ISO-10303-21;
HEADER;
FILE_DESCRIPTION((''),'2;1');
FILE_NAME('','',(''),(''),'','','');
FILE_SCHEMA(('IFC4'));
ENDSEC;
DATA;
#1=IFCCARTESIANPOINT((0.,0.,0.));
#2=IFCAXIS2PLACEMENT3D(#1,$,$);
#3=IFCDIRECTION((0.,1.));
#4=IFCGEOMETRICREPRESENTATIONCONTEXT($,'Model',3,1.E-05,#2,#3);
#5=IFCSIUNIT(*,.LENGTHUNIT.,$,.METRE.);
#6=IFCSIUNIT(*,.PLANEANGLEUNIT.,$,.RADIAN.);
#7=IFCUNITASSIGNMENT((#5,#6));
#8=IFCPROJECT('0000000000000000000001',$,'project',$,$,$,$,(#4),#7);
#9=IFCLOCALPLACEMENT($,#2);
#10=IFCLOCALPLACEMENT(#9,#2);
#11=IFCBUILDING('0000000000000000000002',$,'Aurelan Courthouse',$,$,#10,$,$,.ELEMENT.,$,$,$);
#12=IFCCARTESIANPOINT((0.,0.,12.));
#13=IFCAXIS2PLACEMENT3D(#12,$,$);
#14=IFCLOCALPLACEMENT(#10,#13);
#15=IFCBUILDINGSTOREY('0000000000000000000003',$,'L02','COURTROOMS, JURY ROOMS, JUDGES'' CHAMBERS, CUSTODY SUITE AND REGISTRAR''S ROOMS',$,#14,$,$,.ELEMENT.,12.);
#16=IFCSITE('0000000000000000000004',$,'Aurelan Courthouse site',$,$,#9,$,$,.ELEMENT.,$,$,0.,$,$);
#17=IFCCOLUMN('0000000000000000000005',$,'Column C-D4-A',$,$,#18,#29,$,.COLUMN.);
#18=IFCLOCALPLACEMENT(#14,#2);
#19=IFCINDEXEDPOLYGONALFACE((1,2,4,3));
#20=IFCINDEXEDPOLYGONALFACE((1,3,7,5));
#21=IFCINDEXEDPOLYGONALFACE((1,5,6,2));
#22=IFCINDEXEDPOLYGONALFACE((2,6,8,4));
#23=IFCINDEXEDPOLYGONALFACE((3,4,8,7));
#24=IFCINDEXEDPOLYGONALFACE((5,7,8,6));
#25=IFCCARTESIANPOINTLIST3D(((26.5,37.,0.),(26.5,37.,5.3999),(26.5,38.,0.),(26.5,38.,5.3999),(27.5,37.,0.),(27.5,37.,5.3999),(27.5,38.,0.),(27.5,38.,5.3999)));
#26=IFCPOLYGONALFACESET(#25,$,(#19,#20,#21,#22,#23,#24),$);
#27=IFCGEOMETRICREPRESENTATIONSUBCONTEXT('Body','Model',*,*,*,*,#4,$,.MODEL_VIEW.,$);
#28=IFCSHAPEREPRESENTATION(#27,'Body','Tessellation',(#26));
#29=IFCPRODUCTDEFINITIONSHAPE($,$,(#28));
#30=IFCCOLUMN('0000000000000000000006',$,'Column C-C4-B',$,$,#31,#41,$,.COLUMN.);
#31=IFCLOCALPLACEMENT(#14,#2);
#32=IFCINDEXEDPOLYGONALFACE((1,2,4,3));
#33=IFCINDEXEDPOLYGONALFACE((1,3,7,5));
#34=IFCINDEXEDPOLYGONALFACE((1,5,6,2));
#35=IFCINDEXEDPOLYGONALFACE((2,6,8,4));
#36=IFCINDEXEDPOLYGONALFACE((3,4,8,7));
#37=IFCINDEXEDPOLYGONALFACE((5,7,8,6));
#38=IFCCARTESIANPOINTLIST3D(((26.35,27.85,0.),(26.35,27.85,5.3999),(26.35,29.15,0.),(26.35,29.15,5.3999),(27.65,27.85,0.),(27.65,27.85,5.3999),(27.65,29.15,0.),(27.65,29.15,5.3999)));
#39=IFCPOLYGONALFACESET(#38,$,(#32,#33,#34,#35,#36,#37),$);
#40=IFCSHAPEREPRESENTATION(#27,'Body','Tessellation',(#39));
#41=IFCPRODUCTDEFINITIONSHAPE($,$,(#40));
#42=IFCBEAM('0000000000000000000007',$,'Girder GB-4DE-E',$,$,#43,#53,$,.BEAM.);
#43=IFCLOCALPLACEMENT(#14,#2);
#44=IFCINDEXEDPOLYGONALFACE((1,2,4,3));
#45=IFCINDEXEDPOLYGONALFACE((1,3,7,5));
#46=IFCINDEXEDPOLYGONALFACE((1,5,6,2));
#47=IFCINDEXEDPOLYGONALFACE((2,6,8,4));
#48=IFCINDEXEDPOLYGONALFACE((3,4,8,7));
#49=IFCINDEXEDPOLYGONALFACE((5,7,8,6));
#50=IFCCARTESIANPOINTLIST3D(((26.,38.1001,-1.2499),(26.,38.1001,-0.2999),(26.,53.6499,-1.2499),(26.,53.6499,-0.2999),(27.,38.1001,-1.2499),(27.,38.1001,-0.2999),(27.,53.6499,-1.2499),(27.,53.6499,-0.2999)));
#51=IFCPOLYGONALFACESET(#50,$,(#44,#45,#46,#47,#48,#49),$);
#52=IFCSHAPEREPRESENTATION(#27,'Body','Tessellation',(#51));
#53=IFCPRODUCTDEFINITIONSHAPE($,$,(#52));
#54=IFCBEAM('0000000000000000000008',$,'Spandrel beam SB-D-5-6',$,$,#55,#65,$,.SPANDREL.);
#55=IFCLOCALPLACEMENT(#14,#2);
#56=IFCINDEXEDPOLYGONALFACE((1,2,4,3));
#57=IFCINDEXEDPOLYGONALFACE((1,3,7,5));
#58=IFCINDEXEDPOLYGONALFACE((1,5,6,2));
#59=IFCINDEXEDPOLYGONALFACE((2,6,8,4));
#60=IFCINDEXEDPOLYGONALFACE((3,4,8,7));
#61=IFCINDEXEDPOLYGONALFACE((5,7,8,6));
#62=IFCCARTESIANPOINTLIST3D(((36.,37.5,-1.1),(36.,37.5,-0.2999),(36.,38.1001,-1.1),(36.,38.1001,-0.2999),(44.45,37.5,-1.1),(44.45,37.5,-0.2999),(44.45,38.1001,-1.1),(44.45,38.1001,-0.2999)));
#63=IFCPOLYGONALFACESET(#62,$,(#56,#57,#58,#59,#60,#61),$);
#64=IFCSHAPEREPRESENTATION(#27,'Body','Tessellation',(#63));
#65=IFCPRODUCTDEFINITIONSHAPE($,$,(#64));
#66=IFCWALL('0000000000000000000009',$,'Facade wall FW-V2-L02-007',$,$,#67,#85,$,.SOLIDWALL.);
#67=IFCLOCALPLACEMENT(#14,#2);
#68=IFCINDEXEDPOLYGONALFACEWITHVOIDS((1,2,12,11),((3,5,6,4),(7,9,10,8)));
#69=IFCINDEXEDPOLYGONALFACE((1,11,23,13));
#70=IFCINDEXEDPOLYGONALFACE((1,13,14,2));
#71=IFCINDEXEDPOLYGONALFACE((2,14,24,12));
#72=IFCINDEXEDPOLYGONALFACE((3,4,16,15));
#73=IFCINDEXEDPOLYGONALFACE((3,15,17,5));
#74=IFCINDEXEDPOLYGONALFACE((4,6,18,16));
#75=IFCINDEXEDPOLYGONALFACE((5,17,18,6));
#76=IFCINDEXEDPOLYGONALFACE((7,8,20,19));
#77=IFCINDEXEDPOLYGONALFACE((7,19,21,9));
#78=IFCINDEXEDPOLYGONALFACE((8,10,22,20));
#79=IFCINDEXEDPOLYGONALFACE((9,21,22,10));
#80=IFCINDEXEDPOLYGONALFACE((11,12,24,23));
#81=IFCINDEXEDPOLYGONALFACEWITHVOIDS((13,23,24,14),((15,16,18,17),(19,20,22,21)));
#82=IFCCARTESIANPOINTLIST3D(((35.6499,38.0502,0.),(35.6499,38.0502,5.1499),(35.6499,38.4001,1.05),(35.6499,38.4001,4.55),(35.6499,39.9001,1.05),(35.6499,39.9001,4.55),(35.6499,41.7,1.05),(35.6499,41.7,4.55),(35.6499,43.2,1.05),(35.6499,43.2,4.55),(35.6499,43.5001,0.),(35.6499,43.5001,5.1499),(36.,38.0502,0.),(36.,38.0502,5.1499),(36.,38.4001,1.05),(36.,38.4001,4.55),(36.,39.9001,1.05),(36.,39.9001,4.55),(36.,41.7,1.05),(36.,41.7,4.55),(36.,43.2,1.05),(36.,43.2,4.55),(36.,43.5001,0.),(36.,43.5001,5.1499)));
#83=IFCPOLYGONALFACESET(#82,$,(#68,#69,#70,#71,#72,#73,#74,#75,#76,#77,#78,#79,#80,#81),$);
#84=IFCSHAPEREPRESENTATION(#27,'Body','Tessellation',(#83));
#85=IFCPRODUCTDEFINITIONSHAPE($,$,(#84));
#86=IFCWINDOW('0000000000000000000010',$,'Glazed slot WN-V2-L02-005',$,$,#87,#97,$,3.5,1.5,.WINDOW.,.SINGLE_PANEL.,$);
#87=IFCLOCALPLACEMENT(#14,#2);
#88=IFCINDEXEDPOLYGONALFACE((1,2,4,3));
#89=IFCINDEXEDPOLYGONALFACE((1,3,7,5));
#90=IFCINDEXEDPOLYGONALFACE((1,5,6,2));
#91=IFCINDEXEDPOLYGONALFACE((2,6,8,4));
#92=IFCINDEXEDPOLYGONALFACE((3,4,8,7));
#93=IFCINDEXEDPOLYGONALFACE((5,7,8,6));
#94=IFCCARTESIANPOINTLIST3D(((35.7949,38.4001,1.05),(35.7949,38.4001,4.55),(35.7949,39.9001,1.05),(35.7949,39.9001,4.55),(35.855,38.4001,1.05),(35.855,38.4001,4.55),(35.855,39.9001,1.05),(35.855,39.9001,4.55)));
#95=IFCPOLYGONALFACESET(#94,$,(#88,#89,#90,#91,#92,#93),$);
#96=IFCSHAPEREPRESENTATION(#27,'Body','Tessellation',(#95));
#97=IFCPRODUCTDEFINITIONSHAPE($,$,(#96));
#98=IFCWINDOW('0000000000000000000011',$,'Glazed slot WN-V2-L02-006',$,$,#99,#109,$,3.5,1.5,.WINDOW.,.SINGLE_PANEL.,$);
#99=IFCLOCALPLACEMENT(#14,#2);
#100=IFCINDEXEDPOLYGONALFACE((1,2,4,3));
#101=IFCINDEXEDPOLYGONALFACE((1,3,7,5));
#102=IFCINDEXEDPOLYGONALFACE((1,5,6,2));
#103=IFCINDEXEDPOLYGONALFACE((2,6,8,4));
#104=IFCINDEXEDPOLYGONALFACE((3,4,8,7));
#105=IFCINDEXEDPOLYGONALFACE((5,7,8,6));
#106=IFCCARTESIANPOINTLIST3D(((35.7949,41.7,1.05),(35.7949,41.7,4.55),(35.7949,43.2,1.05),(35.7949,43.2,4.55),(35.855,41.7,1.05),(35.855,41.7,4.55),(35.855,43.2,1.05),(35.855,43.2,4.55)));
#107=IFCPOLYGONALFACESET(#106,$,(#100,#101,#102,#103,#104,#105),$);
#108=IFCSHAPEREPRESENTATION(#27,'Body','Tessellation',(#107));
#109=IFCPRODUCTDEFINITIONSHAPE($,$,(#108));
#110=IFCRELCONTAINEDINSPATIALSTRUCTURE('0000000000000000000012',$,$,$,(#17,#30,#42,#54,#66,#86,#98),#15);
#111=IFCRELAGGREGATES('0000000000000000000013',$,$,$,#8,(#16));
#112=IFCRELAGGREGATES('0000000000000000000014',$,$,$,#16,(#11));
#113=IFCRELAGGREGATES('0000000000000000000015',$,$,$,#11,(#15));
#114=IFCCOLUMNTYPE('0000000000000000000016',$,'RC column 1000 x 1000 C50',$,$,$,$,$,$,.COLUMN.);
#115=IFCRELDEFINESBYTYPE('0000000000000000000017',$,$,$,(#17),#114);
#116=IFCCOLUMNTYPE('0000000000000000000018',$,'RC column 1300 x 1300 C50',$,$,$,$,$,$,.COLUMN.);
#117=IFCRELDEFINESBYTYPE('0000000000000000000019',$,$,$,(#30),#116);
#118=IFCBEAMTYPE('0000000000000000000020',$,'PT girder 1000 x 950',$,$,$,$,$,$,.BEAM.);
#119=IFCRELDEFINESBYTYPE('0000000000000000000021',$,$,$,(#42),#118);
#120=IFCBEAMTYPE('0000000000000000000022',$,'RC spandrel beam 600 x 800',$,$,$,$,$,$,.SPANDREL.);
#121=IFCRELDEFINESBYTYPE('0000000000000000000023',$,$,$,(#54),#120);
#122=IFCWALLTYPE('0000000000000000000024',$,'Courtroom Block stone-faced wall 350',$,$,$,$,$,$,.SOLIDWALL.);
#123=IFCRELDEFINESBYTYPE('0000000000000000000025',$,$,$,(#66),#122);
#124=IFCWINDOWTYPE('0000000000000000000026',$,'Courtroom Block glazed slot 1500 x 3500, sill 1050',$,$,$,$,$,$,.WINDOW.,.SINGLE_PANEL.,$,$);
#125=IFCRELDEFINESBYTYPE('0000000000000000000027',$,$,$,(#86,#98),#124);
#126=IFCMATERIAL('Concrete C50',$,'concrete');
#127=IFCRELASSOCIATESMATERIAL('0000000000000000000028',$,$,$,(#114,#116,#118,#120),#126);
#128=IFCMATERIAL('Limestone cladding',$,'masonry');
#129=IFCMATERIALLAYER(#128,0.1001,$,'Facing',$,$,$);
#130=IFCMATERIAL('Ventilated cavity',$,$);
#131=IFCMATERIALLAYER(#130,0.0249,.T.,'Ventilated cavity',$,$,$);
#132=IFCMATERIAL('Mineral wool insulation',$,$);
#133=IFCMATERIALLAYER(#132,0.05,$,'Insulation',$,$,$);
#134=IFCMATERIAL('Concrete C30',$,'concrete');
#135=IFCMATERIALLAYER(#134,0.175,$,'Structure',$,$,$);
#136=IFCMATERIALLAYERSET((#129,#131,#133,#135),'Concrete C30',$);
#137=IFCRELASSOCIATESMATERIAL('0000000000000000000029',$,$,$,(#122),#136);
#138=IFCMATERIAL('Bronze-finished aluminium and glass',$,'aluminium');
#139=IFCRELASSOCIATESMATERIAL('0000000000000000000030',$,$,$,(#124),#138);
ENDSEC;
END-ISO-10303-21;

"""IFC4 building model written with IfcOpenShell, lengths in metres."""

from ifc_helpers import new_model, si_unit, direction, frame, frame_2d, origin, origin_2d, place, context, subcontext, project, spatial, rectangle, extrude, material, layer, layer_set, material_profile, profile_set, type_object, element, fill, save


model = new_model("IFC4")

# Units and contexts
model_context = context("Model", 3, precision=1e-05, world=origin(), true_north=direction((0.0, 1.0)))
body_context = subcontext(model_context, "Body", "Model", "MODEL_VIEW")
ifc_project = project(units=[si_unit("LENGTHUNIT", "METRE"), si_unit("PLANEANGLEUNIT", "RADIAN")], contexts=[model_context])

# Site, building, storey
site_placement = place(None, origin())
site = spatial("IfcSite", under=ifc_project, at=site_placement, Name="Aurelan Courthouse site", CompositionType="ELEMENT", RefElevation=0.0)
building_placement = place(site_placement, origin())
building = spatial("IfcBuilding", under=site, at=building_placement, Name="Aurelan Courthouse", CompositionType="ELEMENT")
storey_placement = place(building_placement, frame((0.0, 0.0, 12.0)))
storey = spatial("IfcBuildingStorey", under=building, at=storey_placement, Name="L02", Description="COURTROOMS, JURY ROOMS, JUDGES' CHAMBERS, CUSTODY SUITE AND REGISTRAR'S ROOMS", CompositionType="ELEMENT", Elevation=12.0)

# Columns
ifc_material_1 = material(Name="Concrete C50", Category="concrete")
ifc_material_profile_1 = material_profile(ifc_material_1, rectangle(XDim=1.0, YDim=1.0, at=origin_2d()), Name="RC 1000 x 1000")
ifc_profile_set_1 = profile_set([ifc_material_profile_1], Name="Concrete C50")
column_type_1 = type_object("IfcColumnType", Name="RC column 1000 x 1000 C50", PredefinedType="COLUMN", material=ifc_profile_set_1)
column_1_placement = place(storey_placement, frame((27.0, 37.5, 0.0), z_axis=(0.0, 0.0, 1.0), x_axis=(1.0, 0.0, 0.0)))
element("IfcColumn", 1, at=column_1_placement, inside=storey, type_object=column_type_1, Name="Column C-D4-A", PredefinedType="COLUMN", context=body_context, shape_type="SweptSolid", body=[
    extrude(rectangle(XDim=1.0, YDim=1.0, at=origin_2d()), origin(), (0.0, 0.0, 1.0), 5.3999),
])
ifc_material_profile_2 = material_profile(ifc_material_1, rectangle(XDim=1.3, YDim=1.3, at=origin_2d()), Name="RC 1300 x 1300")
ifc_profile_set_2 = profile_set([ifc_material_profile_2], Name="Concrete C50")
column_type_2 = type_object("IfcColumnType", Name="RC column 1300 x 1300 C50", PredefinedType="COLUMN", material=ifc_profile_set_2)
column_2_placement = place(storey_placement, frame((27.0, 28.5, 0.0), z_axis=(0.0, 0.0, 1.0), x_axis=(1.0, 0.0, 0.0)))
element("IfcColumn", 2, at=column_2_placement, inside=storey, type_object=column_type_2, Name="Column C-C4-B", PredefinedType="COLUMN", context=body_context, shape_type="SweptSolid", body=[
    extrude(rectangle(XDim=1.3, YDim=1.3, at=origin_2d()), origin(), (0.0, 0.0, 1.0), 5.3999),
])

# Beams
ifc_material_profile_3 = material_profile(ifc_material_1, rectangle(XDim=1.0, YDim=0.95, at=origin_2d()), Name="RC 1000 x 950")
ifc_profile_set_3 = profile_set([ifc_material_profile_3], Name="Concrete C50")
beam_type_1 = type_object("IfcBeamType", Name="PT girder 1000 x 950", PredefinedType="BEAM", material=ifc_profile_set_3)
beam_1_placement = place(storey_placement, frame((26.5, 38.1001, -0.7749), z_axis=(0.0, 1.0, 0.0), x_axis=(-1.0, 0.0, 0.0)))
element("IfcBeam", 3, at=beam_1_placement, inside=storey, type_object=beam_type_1, Name="Girder GB-4DE-E", PredefinedType="BEAM", context=body_context, shape_type="SweptSolid", body=[
    extrude(rectangle(XDim=1.0, YDim=0.95, at=origin_2d()), origin(), (0.0, 0.0, 1.0), 15.5498),
])
ifc_material_profile_4 = material_profile(ifc_material_1, rectangle(XDim=0.6001, YDim=0.8, at=origin_2d()), Name="RC 600 x 800")
ifc_profile_set_4 = profile_set([ifc_material_profile_4], Name="Concrete C50")
beam_type_2 = type_object("IfcBeamType", Name="RC spandrel beam 600 x 800", PredefinedType="SPANDREL", material=ifc_profile_set_4)
beam_2_placement = place(storey_placement, frame((36.0, 37.8, -0.7), z_axis=(1.0, 0.0, 0.0), x_axis=(0.0, 1.0, 0.0)))
element("IfcBeam", 4, at=beam_2_placement, inside=storey, type_object=beam_type_2, Name="Spandrel beam SB-D-5-6", PredefinedType="SPANDREL", context=body_context, shape_type="SweptSolid", body=[
    extrude(rectangle(XDim=0.6001, YDim=0.8, at=origin_2d()), origin(), (0.0, 0.0, 1.0), 8.45),
])

# Wall, openings, windows
ifc_material_2 = material(Name="Limestone cladding", Category="masonry")
ifc_layer_1 = layer(ifc_material_2, 0.1001, Name="Facing")
ifc_material_3 = material(Name="Ventilated cavity")
ifc_layer_2 = layer(ifc_material_3, 0.0249, ventilated=True, Name="Ventilated cavity")
ifc_material_4 = material(Name="Mineral wool insulation")
ifc_layer_3 = layer(ifc_material_4, 0.05, Name="Insulation")
ifc_material_5 = material(Name="Concrete C30", Category="concrete")
ifc_layer_4 = layer(ifc_material_5, 0.175, Name="Structure")
ifc_layer_set_1 = layer_set([ifc_layer_1, ifc_layer_2, ifc_layer_3, ifc_layer_4], Name="Concrete C30")
wall_type_1 = type_object("IfcWallType", Name="Courtroom Block stone-faced wall 350", PredefinedType="SOLIDWALL", material=ifc_layer_set_1)
wall_1_placement = place(storey_placement, frame((35.825, 38.05, 0.0), z_axis=(0.0, 0.0, 1.0), x_axis=(0.0, 1.0, 0.0)))
wall_1 = element("IfcWall", 5, at=wall_1_placement, inside=storey, type_object=wall_type_1, Name="Facade wall FW-V2-L02-007", PredefinedType="SOLIDWALL", context=body_context, shape_type="SweptSolid", body=[
    extrude(rectangle(XDim=5.45, YDim=0.3501, at=frame_2d((2.7251, 0.0))), origin(), (0.0, 0.0, 1.0), 5.1499),
])
opening_1_placement = place(wall_1_placement, frame((0.3501, 0.0, 1.05)))
opening_1 = element("IfcOpeningElement", 6, at=opening_1_placement, cuts=wall_1, PredefinedType="OPENING", context=body_context, shape_type="SweptSolid", body=[
    extrude(rectangle(XDim=1.5, YDim=3.5, at=frame_2d((0.75, 1.75))), frame((0.0, 0.1851, 0.0), z_axis=(0.0, -1.0, 0.0), x_axis=(1.0, 0.0, 0.0)), (0.0, 0.0, 1.0), 0.3701),
])
opening_2_placement = place(wall_1_placement, frame((3.6499, 0.0, 1.05)))
opening_2 = element("IfcOpeningElement", 7, at=opening_2_placement, cuts=wall_1, PredefinedType="OPENING", context=body_context, shape_type="SweptSolid", body=[
    extrude(rectangle(XDim=1.5, YDim=3.5, at=frame_2d((0.75, 1.75))), frame((0.0, 0.1851, 0.0), z_axis=(0.0, -1.0, 0.0), x_axis=(1.0, 0.0, 0.0)), (0.0, 0.0, 1.0), 0.3701),
])
ifc_material_6 = material(Name="Bronze-finished aluminium and glass", Category="aluminium")
window_type_1 = type_object("IfcWindowType", Name="Courtroom Block glazed slot 1500 x 3500, sill 1050", PartitioningType="SINGLE_PANEL", PredefinedType="WINDOW", material=ifc_material_6)
window_1_placement = place(opening_1_placement, origin())
window_1 = element("IfcWindow", 8, at=window_1_placement, inside=storey, type_object=window_type_1, Name="Glazed slot WN-V2-L02-005", OverallHeight=3.5, OverallWidth=1.5, PartitioningType="SINGLE_PANEL", PredefinedType="WINDOW", context=body_context, shape_type="SweptSolid", body=[
    extrude(rectangle(XDim=1.5, YDim=3.5, at=frame_2d((0.75, 1.75))), frame((0.0, 0.03, 0.0), z_axis=(0.0, -1.0, 0.0), x_axis=(1.0, 0.0, 0.0)), (0.0, 0.0, 1.0), 0.0601),
])
fill(opening_1, window_1)
window_2_placement = place(opening_2_placement, origin())
window_2 = element("IfcWindow", 9, at=window_2_placement, inside=storey, type_object=window_type_1, Name="Glazed slot WN-V2-L02-006", OverallHeight=3.5, OverallWidth=1.5, PartitioningType="SINGLE_PANEL", PredefinedType="WINDOW", context=body_context, shape_type="SweptSolid", body=[
    extrude(rectangle(XDim=1.5, YDim=3.5, at=frame_2d((0.75, 1.75))), frame((0.0, 0.03, 0.0), z_axis=(0.0, -1.0, 0.0), x_axis=(1.0, 0.0, 0.0)), (0.0, 0.0, 1.0), 0.0601),
])
fill(opening_2, window_2)

save(model, "model.ifc")
